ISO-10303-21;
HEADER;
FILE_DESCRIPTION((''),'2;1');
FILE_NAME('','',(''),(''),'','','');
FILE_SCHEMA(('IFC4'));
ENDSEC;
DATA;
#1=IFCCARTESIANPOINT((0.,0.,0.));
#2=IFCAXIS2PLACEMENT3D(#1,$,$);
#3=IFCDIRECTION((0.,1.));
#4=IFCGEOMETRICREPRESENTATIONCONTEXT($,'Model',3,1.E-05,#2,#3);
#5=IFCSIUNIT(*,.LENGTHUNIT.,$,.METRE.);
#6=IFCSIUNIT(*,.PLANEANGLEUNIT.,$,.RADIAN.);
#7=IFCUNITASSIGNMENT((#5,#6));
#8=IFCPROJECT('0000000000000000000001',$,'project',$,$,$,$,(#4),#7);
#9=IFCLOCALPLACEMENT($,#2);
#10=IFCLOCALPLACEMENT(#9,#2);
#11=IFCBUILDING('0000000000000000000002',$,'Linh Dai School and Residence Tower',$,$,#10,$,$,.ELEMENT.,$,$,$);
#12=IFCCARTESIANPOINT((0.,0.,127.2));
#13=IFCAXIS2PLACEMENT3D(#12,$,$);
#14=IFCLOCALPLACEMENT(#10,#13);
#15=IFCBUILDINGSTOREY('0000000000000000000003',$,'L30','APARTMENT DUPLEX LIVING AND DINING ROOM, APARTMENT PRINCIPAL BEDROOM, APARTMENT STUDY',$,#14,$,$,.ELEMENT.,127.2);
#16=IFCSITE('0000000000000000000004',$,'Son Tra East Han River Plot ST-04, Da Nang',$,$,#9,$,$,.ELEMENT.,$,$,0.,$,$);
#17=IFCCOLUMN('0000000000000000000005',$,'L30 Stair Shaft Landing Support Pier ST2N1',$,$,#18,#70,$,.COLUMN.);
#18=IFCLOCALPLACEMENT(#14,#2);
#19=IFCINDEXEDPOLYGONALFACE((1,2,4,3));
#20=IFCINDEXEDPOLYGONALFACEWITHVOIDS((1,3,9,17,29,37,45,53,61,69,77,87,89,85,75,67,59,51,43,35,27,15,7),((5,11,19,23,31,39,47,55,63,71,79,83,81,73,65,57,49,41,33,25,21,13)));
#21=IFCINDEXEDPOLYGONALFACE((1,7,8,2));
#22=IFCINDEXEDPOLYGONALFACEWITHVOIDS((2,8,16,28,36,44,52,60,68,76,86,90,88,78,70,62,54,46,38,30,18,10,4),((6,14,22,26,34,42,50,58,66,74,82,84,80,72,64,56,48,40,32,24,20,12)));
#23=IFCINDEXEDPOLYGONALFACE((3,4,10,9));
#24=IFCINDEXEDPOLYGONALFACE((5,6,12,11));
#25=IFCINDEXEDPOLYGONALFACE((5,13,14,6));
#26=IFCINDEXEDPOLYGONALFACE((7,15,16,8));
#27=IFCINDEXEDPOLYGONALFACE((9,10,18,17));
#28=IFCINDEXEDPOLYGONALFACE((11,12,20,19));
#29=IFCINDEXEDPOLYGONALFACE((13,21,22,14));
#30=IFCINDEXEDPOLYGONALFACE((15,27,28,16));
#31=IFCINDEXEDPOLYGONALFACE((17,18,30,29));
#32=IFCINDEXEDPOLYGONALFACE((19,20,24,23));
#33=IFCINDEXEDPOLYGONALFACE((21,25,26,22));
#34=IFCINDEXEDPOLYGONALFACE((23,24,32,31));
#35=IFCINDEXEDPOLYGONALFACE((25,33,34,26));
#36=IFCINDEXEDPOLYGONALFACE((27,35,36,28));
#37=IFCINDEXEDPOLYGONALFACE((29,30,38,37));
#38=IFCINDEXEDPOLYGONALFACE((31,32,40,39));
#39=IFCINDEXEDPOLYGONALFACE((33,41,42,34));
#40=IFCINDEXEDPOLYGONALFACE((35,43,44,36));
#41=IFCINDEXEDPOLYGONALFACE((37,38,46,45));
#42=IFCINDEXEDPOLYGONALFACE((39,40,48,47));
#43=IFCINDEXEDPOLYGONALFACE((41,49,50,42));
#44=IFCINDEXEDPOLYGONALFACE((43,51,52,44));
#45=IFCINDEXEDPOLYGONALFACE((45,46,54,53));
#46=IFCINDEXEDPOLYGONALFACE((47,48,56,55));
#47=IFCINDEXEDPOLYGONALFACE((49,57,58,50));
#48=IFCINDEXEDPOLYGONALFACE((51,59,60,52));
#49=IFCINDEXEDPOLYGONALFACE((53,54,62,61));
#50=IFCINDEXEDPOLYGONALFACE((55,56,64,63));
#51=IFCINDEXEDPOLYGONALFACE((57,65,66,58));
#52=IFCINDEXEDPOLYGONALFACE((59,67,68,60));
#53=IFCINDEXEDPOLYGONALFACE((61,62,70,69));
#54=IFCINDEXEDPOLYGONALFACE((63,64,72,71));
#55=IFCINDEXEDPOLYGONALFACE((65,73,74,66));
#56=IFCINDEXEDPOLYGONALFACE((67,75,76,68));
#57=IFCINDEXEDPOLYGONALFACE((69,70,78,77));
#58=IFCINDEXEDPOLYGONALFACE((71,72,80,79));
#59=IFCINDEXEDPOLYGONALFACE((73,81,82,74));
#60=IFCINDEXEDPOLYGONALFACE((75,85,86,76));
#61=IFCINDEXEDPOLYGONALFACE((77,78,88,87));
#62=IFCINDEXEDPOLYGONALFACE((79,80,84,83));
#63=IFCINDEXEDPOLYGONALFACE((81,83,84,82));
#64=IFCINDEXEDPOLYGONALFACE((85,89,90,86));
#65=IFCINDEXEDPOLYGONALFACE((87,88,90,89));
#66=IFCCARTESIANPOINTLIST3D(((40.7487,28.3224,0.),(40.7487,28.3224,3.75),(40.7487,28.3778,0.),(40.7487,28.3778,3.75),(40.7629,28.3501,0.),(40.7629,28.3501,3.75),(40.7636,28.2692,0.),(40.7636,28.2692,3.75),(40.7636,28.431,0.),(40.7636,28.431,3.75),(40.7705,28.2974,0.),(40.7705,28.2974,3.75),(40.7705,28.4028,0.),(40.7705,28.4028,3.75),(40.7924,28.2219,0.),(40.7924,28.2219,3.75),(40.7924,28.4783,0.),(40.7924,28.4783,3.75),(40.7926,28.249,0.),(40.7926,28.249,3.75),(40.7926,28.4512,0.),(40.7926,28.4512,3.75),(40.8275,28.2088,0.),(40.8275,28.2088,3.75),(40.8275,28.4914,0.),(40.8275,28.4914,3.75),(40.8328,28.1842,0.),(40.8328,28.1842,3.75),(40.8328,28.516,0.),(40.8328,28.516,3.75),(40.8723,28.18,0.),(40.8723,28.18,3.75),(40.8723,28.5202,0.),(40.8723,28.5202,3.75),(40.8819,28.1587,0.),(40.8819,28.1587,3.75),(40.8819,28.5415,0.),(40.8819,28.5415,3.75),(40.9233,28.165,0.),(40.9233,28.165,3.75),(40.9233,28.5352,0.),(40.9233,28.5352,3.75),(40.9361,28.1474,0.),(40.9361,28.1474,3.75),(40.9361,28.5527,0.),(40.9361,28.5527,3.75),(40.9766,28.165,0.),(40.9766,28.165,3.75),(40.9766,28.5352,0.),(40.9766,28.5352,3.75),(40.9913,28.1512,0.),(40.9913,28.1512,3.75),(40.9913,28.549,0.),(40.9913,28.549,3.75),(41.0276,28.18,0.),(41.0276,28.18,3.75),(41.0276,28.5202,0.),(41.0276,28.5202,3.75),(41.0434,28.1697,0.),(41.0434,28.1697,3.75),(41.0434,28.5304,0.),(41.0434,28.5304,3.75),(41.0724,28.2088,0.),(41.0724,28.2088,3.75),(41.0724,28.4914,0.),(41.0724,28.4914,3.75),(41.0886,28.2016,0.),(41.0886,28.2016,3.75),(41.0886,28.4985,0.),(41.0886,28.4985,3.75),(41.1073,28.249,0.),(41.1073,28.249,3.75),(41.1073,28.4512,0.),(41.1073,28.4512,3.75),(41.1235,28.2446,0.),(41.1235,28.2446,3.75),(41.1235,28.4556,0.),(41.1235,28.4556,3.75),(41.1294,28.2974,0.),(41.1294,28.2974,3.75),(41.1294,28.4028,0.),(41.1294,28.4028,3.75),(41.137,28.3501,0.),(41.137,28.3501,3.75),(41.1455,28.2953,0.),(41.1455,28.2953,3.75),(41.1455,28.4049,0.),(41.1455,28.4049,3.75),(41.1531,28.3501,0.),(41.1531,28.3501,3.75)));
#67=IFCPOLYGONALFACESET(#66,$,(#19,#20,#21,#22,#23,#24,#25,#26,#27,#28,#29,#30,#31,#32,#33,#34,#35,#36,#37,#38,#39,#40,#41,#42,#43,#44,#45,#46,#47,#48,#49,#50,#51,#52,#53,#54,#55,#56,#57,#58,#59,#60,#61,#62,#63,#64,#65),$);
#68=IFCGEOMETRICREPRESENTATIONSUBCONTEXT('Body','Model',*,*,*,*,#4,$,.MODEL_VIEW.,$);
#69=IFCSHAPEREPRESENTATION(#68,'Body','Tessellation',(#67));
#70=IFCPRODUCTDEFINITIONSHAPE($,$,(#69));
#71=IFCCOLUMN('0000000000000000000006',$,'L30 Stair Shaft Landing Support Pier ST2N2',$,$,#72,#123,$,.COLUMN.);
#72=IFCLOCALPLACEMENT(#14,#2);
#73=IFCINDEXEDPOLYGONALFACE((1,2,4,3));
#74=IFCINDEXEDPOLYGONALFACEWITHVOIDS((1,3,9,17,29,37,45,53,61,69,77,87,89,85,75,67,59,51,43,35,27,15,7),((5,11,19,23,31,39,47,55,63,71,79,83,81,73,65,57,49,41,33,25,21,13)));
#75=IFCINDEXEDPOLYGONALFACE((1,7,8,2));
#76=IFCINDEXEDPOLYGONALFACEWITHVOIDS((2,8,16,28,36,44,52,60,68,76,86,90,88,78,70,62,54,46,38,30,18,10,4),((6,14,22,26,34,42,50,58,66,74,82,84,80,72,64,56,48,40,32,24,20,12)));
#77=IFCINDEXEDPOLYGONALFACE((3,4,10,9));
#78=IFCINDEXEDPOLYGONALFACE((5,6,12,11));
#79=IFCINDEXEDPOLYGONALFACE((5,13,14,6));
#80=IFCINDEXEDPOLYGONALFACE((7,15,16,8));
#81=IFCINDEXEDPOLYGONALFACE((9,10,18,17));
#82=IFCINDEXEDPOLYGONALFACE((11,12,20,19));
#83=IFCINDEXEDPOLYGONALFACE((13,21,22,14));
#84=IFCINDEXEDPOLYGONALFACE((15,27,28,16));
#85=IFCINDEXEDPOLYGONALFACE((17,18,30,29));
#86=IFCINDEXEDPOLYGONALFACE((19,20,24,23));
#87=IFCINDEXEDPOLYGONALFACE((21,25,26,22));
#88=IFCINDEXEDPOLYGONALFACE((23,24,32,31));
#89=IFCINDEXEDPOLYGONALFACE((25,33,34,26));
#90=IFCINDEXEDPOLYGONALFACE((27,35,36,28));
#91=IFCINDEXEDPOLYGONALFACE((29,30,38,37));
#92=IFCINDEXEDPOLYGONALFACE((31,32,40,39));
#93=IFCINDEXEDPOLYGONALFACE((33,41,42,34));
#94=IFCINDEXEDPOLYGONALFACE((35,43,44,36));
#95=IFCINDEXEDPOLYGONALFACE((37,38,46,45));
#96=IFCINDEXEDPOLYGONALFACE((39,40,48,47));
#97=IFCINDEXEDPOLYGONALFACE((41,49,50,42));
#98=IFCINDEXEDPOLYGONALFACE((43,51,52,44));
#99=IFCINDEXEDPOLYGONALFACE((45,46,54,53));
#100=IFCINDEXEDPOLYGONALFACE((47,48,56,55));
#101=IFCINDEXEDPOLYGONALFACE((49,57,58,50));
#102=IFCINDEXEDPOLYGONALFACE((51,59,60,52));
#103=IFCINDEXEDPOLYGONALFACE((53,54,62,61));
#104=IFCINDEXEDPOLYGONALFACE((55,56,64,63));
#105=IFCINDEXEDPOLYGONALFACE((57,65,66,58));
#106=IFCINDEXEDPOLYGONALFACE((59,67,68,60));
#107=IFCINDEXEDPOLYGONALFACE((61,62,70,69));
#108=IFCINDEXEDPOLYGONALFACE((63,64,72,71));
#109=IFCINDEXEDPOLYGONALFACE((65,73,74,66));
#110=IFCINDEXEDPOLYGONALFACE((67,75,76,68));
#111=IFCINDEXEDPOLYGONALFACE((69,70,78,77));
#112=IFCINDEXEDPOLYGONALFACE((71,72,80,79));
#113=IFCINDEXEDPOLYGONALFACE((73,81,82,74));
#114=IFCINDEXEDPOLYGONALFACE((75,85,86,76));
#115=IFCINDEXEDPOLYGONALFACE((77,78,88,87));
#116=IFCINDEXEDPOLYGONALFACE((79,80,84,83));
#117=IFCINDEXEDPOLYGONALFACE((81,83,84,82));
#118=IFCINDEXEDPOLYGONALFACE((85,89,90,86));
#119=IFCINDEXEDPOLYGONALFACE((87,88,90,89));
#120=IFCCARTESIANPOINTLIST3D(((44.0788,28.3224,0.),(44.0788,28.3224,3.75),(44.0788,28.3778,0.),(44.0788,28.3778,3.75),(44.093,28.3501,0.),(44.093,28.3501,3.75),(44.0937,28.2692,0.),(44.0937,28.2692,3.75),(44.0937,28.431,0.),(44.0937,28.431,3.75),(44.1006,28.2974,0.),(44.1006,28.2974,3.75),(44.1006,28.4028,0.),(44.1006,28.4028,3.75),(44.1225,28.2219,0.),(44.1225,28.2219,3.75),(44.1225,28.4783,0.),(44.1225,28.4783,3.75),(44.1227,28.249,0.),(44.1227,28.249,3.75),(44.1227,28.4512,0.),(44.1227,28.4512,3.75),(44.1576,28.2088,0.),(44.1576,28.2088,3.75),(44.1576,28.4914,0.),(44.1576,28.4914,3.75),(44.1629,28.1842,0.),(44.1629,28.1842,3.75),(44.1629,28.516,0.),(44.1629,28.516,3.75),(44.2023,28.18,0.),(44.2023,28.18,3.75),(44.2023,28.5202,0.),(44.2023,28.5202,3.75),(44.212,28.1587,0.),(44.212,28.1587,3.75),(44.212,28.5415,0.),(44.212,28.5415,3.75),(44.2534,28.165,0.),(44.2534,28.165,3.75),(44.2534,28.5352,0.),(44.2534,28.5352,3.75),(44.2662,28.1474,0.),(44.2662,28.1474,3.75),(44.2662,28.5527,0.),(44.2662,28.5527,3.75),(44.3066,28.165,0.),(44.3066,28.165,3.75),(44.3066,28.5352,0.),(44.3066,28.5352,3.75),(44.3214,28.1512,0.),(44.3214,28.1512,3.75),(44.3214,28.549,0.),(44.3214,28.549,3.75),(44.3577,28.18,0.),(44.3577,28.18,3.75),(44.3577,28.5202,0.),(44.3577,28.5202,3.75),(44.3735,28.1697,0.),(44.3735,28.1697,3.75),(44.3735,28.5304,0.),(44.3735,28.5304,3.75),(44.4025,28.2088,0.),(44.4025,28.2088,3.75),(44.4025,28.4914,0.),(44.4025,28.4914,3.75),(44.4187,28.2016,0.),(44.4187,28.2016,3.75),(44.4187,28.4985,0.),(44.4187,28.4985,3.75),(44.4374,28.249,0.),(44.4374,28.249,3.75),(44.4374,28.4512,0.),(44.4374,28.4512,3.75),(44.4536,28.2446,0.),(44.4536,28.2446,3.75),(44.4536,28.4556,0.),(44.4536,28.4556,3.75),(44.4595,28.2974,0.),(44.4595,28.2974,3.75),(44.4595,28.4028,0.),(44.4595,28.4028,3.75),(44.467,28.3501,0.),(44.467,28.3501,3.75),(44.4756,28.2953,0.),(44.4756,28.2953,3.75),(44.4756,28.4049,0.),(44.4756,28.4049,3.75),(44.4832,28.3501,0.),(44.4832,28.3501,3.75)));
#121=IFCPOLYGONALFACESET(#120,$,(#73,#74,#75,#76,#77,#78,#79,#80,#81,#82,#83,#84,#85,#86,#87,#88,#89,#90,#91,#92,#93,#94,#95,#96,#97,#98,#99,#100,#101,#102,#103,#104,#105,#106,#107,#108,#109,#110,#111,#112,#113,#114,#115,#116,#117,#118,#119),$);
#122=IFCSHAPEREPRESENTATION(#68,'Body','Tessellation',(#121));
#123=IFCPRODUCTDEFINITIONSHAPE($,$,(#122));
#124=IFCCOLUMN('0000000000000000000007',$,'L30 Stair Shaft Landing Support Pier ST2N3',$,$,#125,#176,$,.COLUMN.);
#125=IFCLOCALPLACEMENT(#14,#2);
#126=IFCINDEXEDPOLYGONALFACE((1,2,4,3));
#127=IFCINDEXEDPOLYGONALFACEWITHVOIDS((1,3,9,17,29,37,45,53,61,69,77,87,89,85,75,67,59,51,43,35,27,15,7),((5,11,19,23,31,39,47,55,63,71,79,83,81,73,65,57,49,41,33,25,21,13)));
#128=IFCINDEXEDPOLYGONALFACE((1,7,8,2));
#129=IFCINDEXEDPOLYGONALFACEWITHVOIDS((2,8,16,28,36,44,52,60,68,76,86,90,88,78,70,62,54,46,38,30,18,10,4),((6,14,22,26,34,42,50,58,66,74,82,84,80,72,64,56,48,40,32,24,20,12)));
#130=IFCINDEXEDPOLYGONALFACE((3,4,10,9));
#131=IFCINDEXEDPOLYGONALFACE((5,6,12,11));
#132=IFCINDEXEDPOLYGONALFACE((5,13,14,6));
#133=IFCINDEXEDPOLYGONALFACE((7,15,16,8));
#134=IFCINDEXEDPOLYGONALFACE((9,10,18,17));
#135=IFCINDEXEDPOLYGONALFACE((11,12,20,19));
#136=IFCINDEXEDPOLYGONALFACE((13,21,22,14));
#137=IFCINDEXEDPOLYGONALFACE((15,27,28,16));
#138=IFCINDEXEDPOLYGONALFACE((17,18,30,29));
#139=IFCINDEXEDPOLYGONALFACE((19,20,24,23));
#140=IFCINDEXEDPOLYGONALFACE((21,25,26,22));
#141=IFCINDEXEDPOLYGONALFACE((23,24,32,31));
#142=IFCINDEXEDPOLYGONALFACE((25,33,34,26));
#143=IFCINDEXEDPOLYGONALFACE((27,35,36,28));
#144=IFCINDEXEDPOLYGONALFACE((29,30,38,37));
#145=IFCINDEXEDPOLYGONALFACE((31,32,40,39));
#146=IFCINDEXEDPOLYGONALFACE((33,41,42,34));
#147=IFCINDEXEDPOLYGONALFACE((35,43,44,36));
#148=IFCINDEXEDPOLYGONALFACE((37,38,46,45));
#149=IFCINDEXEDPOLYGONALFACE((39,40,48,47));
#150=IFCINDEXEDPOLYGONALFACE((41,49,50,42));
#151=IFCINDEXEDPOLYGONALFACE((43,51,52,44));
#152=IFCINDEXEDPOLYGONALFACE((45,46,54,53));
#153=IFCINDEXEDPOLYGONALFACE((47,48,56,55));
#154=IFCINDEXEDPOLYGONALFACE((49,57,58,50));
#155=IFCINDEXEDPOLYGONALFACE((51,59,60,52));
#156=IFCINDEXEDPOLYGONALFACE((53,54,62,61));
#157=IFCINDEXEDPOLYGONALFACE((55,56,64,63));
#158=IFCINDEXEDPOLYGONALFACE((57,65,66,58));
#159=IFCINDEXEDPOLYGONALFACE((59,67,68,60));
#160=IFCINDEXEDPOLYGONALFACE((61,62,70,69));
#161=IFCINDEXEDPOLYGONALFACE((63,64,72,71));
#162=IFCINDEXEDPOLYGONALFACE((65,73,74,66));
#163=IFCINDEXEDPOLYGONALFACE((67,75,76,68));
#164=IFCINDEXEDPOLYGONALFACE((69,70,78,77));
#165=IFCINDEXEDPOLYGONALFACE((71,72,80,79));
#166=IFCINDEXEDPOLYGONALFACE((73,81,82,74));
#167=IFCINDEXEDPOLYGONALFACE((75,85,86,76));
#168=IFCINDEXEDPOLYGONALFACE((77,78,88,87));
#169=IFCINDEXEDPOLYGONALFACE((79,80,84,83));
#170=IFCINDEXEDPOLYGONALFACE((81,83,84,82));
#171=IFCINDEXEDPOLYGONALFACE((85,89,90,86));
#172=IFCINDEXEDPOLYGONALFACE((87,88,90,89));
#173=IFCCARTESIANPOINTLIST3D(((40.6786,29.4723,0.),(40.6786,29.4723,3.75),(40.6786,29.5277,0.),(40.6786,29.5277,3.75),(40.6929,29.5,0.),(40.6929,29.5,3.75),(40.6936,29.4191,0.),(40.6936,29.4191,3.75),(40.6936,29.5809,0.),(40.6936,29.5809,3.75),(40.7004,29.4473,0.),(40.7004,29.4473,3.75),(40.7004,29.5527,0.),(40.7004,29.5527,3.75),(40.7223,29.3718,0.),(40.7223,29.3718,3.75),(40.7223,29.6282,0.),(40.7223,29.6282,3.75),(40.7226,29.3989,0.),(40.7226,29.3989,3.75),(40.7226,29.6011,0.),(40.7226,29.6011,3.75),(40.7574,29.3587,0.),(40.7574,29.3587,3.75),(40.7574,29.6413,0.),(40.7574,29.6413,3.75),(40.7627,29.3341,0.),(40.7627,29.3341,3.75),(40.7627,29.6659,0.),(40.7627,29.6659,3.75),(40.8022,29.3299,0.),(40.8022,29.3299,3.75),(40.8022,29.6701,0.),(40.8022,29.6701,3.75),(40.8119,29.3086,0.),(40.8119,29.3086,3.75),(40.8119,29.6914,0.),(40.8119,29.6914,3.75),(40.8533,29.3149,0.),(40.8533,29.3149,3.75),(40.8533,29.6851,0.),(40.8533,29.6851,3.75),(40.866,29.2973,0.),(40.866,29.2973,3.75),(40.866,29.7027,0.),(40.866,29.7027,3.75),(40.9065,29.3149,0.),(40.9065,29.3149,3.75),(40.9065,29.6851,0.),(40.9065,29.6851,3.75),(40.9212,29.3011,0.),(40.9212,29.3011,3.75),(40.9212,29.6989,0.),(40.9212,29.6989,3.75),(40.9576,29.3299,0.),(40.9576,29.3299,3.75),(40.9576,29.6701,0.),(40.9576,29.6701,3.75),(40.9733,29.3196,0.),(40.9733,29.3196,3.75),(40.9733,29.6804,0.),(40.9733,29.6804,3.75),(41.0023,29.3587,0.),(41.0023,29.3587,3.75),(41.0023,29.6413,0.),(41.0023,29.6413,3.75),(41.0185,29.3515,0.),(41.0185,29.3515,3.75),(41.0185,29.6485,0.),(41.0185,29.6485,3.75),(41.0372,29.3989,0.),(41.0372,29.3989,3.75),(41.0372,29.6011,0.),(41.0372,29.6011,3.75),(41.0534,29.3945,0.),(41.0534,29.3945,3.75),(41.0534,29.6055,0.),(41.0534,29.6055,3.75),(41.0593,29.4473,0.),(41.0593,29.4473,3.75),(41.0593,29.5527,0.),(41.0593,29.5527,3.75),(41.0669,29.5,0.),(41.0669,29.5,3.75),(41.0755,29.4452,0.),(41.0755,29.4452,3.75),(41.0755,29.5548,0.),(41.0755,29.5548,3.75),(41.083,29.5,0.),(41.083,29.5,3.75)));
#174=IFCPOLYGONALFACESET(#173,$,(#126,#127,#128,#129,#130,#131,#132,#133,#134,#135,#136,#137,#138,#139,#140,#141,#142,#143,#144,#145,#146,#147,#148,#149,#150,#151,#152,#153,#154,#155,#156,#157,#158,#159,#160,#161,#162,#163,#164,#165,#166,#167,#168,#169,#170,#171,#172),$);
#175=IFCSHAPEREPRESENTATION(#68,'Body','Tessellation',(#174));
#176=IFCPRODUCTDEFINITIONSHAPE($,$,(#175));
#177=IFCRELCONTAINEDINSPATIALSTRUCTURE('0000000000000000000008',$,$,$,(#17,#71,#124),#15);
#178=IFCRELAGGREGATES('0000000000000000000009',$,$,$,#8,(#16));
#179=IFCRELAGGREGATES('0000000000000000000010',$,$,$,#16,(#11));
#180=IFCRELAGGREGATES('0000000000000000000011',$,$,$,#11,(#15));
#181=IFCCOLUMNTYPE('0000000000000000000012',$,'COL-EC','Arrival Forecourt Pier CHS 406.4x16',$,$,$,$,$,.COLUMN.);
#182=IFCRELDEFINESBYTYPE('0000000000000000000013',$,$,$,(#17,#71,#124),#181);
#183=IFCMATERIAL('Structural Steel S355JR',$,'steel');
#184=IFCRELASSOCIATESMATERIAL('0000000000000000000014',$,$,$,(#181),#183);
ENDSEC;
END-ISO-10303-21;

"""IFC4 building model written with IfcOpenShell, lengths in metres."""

from ifc_helpers import new_model, si_unit, direction, frame, origin, origin_2d, place, context, subcontext, project, spatial, hollow_circle, extrude, material, material_profile, profile_set, type_object, element, save


model = new_model("IFC4")

# Units and contexts
model_context = context("Model", 3, precision=1e-05, world=origin(), true_north=direction((0.0, 1.0)))
body_context = subcontext(model_context, "Body", "Model", "MODEL_VIEW")
ifc_project = project(units=[si_unit("LENGTHUNIT", "METRE"), si_unit("PLANEANGLEUNIT", "RADIAN")], contexts=[model_context])

# Site, building, storey
site_placement = place(None, origin())
site = spatial("IfcSite", under=ifc_project, at=site_placement, Name="Son Tra East Han River Plot ST-04, Da Nang", CompositionType="ELEMENT", RefElevation=0.0)
building_placement = place(site_placement, origin())
building = spatial("IfcBuilding", under=site, at=building_placement, Name="Linh Dai School and Residence Tower", CompositionType="ELEMENT")
storey_placement = place(building_placement, frame((0.0, 0.0, 127.2)))
storey = spatial("IfcBuildingStorey", under=building, at=storey_placement, Name="L30", Description="APARTMENT DUPLEX LIVING AND DINING ROOM, APARTMENT PRINCIPAL BEDROOM, APARTMENT STUDY", CompositionType="ELEMENT", Elevation=127.2)

# Columns
ifc_material_1 = material(Name="Structural Steel S355JR", Category="steel")
ifc_material_profile_1 = material_profile(ifc_material_1, hollow_circle(Radius=0.2031, WallThickness=0.0161, at=origin_2d()), Name="CHS 406.4x16")
ifc_profile_set_1 = profile_set([ifc_material_profile_1], Name="Structural Steel S355JR")
column_type_1 = type_object("IfcColumnType", Name="COL-EC", Description="Arrival Forecourt Pier CHS 406.4x16", PredefinedType="COLUMN", material=ifc_profile_set_1)
for number, where, z_axis, x_axis, name in (
    (1, (40.95, 28.3501, 0.0), (0.0, 0.0, 1.0), (1.0, 0.0, 0.0), "L30 Stair Shaft Landing Support Pier ST2N1"),
    (2, (44.28, 28.3501, 0.0), (0.0, 0.0, 1.0), (1.0, 0.0, 0.0), "L30 Stair Shaft Landing Support Pier ST2N2"),
    (3, (40.8799, 29.5, 0.0), (0.0, 0.0, 1.0), (1.0, 0.0, 0.0), "L30 Stair Shaft Landing Support Pier ST2N3"),
):
    element("IfcColumn", number, at=place(storey_placement, frame(where, z_axis=z_axis, x_axis=x_axis)), inside=storey, type_object=column_type_1, Name=name, PredefinedType="COLUMN", context=body_context, shape_type="SweptSolid", body=[
        extrude(hollow_circle(Radius=0.2031, WallThickness=0.0161, at=origin_2d()), origin(), (0.0, 0.0, 1.0), 3.75),
    ])

save(model, "model.ifc")
